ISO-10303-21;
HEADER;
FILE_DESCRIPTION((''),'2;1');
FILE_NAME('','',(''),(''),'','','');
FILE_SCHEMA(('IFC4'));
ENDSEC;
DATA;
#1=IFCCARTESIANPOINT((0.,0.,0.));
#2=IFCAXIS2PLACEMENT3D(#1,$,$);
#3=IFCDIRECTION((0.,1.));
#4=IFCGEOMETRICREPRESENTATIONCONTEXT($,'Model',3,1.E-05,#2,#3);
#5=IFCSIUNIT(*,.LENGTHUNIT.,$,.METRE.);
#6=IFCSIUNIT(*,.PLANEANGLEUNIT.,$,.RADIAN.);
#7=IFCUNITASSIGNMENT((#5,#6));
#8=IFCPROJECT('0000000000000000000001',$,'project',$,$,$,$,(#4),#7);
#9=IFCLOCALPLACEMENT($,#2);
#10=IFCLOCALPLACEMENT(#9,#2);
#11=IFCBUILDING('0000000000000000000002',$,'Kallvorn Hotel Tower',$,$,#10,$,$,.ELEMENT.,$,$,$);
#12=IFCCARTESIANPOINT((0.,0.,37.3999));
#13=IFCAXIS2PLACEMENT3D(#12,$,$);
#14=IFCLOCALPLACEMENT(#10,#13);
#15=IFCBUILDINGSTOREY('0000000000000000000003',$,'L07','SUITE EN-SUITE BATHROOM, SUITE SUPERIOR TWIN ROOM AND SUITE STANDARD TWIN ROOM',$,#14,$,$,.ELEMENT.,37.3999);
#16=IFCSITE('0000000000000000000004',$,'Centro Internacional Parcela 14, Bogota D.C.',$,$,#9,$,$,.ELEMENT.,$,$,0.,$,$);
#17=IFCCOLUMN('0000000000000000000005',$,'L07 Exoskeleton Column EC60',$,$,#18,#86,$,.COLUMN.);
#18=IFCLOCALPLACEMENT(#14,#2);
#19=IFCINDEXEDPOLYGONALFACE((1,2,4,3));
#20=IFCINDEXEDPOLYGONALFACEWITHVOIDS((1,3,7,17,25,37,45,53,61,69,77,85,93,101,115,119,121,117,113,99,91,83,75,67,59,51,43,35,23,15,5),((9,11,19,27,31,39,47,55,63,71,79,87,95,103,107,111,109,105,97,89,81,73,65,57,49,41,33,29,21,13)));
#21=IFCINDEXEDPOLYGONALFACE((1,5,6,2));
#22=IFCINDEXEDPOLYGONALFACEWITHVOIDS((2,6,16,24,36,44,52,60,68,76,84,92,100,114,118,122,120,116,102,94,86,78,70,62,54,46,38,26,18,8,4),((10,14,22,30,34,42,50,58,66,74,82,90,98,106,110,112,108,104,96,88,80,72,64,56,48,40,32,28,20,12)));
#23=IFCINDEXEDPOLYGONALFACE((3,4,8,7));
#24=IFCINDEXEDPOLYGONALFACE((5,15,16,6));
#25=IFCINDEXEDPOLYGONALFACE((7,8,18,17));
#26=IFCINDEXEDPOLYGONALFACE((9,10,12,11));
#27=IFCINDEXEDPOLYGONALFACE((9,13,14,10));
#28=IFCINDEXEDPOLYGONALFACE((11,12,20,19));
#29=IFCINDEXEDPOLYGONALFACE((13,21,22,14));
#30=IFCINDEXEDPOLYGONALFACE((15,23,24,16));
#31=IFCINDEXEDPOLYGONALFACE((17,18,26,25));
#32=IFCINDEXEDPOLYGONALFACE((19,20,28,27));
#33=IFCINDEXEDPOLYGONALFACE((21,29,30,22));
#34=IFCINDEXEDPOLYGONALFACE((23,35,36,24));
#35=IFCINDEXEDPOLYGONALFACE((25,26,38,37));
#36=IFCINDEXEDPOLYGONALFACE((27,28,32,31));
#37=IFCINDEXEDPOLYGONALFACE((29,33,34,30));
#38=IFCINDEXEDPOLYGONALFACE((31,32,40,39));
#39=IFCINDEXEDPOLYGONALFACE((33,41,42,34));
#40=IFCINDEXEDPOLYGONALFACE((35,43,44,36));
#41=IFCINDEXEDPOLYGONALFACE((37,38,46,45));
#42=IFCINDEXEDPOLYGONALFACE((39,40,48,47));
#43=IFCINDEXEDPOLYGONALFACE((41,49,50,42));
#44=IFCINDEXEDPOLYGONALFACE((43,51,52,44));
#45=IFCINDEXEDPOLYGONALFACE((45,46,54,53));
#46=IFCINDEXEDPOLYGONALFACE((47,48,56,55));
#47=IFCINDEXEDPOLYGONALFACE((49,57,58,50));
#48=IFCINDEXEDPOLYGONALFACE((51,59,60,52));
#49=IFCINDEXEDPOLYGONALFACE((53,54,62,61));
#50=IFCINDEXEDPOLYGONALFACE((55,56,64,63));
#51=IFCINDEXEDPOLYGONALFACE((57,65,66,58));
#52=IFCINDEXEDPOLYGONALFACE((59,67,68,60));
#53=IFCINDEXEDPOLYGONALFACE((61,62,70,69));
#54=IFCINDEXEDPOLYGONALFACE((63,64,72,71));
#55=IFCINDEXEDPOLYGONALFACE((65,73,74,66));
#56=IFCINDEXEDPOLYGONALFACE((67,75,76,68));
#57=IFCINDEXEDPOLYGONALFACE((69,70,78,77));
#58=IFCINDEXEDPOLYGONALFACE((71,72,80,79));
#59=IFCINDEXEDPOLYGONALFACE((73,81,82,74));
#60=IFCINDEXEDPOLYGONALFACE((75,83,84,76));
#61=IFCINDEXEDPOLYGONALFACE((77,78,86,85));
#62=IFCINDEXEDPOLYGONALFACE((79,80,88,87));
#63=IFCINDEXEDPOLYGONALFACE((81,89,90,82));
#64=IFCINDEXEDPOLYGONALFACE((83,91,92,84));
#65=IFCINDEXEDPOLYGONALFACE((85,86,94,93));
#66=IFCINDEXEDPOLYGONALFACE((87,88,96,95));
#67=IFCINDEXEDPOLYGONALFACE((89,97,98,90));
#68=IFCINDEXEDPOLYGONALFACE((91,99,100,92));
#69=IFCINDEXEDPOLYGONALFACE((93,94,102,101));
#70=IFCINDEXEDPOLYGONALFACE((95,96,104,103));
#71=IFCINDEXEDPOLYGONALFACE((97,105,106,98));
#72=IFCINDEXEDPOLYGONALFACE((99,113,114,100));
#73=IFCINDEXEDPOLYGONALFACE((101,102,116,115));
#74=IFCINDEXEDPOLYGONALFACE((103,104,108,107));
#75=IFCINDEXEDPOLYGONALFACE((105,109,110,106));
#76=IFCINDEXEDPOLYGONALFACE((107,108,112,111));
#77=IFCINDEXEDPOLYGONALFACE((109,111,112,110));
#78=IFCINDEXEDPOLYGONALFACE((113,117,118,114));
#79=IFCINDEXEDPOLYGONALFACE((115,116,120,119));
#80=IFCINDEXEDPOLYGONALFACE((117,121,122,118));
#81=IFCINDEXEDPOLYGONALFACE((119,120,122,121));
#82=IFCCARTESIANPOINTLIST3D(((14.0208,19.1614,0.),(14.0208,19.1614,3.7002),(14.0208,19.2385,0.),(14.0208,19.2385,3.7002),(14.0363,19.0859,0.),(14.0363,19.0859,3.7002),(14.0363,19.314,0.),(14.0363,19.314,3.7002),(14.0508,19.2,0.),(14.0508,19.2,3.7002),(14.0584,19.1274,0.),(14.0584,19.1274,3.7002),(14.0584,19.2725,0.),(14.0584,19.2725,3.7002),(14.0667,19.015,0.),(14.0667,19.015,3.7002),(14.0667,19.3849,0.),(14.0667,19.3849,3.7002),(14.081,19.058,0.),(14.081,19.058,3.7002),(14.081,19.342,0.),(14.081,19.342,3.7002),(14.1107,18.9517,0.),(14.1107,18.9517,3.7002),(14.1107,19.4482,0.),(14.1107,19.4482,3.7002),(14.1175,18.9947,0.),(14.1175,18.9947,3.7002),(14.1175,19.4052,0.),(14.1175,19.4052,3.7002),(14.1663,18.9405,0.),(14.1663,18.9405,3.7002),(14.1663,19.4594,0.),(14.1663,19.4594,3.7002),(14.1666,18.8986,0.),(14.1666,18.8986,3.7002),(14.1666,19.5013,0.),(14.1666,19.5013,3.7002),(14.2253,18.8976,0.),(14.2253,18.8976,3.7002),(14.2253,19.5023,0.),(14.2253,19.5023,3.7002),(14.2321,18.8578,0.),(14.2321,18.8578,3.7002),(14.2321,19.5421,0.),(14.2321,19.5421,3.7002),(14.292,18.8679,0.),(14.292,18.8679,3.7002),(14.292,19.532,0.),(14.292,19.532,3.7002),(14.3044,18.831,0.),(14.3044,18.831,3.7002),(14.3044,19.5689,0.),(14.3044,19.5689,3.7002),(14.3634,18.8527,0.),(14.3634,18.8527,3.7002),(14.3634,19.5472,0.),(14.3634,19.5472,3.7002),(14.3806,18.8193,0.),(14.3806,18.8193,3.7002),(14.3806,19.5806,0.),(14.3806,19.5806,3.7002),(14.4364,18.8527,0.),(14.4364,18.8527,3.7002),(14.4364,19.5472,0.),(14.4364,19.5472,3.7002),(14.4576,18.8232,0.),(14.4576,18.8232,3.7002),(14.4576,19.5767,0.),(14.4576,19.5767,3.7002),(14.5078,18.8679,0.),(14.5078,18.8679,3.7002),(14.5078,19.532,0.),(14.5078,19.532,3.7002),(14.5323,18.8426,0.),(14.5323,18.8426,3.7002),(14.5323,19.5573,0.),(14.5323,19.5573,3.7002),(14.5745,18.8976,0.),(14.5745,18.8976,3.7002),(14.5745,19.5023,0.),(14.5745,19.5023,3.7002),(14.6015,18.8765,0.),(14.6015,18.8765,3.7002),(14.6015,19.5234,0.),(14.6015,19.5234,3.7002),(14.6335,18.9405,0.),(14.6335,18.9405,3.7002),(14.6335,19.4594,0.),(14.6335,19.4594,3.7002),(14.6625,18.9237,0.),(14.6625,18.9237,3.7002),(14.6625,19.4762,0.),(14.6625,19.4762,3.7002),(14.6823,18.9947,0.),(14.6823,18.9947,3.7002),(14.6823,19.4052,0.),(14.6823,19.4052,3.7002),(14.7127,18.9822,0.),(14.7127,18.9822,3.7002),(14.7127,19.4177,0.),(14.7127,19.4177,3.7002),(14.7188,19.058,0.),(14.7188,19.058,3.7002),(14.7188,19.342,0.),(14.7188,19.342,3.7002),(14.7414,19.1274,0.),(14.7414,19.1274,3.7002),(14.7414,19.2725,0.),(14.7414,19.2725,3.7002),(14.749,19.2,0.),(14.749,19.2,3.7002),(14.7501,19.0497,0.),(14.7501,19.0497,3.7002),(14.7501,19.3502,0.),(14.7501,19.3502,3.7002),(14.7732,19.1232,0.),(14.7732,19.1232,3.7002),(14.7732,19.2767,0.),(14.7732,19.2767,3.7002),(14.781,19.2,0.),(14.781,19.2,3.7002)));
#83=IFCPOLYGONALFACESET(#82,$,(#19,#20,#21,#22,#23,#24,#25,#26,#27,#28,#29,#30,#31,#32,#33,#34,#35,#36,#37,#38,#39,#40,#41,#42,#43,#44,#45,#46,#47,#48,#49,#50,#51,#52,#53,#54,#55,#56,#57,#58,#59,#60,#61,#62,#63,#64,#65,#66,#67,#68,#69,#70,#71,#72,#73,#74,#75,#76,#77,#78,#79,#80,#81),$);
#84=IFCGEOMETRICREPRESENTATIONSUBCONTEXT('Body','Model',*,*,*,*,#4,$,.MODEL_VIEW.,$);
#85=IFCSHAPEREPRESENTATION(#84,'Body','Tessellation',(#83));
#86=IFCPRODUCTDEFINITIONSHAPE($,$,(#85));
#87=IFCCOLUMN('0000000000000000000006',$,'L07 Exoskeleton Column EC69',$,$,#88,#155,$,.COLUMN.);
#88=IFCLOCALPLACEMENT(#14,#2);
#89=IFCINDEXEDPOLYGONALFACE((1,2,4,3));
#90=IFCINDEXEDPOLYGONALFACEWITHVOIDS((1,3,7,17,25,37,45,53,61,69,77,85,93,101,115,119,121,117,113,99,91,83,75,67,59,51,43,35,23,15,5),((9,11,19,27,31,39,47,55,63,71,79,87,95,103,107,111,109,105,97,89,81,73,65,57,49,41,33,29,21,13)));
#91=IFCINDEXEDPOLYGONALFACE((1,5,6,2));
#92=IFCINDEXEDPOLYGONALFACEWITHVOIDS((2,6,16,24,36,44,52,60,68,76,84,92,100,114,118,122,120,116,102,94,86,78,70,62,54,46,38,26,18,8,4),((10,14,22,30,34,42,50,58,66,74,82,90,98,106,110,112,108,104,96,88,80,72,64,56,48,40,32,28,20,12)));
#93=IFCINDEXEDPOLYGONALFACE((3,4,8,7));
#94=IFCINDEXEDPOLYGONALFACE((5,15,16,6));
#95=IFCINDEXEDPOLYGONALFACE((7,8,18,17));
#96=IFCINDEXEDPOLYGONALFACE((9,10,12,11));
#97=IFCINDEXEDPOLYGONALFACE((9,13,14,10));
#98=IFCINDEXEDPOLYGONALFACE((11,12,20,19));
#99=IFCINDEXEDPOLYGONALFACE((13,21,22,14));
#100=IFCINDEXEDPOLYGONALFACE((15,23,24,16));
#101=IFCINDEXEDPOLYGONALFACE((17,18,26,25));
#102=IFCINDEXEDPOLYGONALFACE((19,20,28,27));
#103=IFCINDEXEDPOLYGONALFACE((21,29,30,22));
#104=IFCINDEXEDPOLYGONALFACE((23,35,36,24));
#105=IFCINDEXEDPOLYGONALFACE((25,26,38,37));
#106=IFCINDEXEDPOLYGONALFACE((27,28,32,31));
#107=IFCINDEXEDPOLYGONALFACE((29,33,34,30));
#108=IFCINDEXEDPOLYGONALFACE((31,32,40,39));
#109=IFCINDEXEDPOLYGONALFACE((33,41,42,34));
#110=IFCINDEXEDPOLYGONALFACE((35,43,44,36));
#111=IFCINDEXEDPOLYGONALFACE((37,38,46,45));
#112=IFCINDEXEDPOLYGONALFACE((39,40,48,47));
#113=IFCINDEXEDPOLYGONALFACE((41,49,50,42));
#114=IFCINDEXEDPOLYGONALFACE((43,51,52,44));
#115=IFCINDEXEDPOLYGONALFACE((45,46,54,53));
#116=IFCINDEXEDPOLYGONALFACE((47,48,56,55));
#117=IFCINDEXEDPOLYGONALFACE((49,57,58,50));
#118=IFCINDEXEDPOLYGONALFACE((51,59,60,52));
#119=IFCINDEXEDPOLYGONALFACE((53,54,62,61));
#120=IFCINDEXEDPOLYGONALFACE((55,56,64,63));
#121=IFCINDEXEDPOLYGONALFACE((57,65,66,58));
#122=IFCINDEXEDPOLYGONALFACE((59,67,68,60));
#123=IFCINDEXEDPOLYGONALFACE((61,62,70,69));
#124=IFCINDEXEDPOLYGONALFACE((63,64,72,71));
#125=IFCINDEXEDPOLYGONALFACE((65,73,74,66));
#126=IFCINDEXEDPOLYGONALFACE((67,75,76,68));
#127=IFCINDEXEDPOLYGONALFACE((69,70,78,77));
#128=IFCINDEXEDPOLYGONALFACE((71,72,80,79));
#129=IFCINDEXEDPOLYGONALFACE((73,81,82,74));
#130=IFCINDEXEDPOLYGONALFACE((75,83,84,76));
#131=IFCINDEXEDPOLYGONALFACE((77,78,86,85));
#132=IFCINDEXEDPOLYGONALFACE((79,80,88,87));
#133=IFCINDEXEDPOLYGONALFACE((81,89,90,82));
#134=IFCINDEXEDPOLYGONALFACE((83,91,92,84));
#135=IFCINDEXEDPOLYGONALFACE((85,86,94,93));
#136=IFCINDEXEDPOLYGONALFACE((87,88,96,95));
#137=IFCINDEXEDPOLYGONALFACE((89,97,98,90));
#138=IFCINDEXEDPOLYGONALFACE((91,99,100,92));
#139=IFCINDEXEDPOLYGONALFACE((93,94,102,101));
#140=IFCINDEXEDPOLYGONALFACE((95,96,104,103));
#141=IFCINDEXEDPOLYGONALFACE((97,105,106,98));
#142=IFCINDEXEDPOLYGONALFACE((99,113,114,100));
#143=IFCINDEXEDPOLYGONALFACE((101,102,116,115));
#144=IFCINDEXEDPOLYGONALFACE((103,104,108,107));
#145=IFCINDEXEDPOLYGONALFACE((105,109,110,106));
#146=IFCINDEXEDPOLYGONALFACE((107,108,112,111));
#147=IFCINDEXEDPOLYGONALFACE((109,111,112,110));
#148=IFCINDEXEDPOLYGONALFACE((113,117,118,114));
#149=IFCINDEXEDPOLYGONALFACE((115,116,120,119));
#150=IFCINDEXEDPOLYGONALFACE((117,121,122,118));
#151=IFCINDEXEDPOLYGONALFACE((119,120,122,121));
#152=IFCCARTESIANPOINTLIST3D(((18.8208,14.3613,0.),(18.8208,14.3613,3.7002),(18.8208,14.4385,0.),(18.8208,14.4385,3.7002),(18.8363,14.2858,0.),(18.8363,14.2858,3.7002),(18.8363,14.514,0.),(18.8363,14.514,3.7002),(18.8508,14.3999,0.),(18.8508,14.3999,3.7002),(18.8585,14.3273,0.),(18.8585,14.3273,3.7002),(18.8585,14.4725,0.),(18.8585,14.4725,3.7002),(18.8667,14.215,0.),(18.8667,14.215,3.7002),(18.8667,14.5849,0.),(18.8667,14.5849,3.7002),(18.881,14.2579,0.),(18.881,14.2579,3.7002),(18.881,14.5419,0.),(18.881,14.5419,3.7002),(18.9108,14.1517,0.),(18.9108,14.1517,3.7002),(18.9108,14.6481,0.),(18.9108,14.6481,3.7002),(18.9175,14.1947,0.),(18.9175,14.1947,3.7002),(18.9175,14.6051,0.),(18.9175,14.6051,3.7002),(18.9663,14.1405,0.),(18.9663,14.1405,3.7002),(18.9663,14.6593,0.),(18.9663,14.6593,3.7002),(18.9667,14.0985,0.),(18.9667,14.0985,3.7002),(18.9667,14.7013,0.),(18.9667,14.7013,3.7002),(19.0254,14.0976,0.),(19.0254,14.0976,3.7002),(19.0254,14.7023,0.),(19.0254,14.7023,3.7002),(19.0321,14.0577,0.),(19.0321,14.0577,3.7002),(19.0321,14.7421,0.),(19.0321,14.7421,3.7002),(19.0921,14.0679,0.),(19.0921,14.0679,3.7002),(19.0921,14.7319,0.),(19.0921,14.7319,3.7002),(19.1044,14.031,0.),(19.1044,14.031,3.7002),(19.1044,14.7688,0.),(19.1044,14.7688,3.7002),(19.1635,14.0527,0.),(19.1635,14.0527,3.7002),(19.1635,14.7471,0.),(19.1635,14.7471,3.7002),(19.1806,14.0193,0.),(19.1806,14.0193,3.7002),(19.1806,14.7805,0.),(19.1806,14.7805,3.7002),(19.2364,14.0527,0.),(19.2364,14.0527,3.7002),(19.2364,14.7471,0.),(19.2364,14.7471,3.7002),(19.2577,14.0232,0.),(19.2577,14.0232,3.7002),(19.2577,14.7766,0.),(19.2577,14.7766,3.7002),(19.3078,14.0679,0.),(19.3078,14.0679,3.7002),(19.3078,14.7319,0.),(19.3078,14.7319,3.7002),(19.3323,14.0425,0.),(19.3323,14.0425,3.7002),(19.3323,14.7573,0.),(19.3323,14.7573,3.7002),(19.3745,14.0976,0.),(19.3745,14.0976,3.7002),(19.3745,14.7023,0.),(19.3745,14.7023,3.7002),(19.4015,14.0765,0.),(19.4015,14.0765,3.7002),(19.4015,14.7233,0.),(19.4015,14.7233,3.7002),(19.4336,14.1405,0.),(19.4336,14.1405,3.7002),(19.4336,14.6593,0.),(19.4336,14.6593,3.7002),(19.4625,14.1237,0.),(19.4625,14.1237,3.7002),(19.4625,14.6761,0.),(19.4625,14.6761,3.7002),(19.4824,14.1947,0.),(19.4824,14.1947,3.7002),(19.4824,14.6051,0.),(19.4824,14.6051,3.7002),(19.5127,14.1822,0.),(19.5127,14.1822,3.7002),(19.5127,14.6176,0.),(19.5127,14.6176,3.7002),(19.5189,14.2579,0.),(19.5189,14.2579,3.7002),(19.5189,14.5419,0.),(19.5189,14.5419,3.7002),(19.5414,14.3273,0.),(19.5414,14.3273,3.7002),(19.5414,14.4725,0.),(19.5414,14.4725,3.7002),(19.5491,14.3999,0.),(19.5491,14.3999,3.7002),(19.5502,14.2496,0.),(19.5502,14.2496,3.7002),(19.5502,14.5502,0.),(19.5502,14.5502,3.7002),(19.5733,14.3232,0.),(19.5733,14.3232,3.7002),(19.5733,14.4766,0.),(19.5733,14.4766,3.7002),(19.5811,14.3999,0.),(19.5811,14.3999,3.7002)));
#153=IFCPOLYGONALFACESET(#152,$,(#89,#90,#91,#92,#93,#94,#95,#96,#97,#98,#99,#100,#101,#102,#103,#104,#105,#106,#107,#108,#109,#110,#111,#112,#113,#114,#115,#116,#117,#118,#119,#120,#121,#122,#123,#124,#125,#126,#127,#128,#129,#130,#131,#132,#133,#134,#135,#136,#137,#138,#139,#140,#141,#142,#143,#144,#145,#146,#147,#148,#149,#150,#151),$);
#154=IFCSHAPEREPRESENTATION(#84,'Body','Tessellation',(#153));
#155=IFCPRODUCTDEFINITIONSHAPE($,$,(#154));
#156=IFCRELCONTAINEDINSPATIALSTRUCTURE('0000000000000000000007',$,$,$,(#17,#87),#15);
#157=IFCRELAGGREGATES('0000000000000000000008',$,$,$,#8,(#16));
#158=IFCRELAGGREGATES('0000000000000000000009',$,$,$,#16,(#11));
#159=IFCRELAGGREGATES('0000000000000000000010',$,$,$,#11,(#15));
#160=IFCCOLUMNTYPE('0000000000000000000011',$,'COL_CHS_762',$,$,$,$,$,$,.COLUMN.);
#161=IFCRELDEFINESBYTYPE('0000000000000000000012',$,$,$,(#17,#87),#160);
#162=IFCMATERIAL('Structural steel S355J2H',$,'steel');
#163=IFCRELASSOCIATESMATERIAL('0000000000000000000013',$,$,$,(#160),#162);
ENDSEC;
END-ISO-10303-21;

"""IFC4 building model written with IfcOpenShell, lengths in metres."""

from ifc_helpers import new_model, si_unit, direction, frame, origin, origin_2d, place, context, subcontext, project, spatial, hollow_circle, extrude, material, material_profile, profile_set, type_object, element, save


model = new_model("IFC4")

# Units and contexts
model_context = context("Model", 3, precision=1e-05, world=origin(), true_north=direction((0.0, 1.0)))
body_context = subcontext(model_context, "Body", "Model", "MODEL_VIEW")
ifc_project = project(units=[si_unit("LENGTHUNIT", "METRE"), si_unit("PLANEANGLEUNIT", "RADIAN")], contexts=[model_context])

# Site, building, storey
site_placement = place(None, origin())
site = spatial("IfcSite", under=ifc_project, at=site_placement, Name="Centro Internacional Parcela 14, Bogota D.C.", CompositionType="ELEMENT", RefElevation=0.0)
building_placement = place(site_placement, origin())
building = spatial("IfcBuilding", under=site, at=building_placement, Name="Kallvorn Hotel Tower", CompositionType="ELEMENT")
storey_placement = place(building_placement, frame((0.0, 0.0, 37.3999)))
storey = spatial("IfcBuildingStorey", under=building, at=storey_placement, Name="L07", Description="SUITE EN-SUITE BATHROOM, SUITE SUPERIOR TWIN ROOM AND SUITE STANDARD TWIN ROOM", CompositionType="ELEMENT", Elevation=37.3999)

# Columns
ifc_material_1 = material(Name="Structural steel S355J2H", Category="steel")
ifc_material_profile_1 = material_profile(ifc_material_1, hollow_circle(Radius=0.3811, WallThickness=0.032, at=origin_2d()), Name="CHS 762x32")
ifc_profile_set_1 = profile_set([ifc_material_profile_1], Name="Structural steel S355J2H")
column_type_1 = type_object("IfcColumnType", Name="COL_CHS_762", PredefinedType="COLUMN", material=ifc_profile_set_1)
for number, where, z_axis, x_axis, name in (
    (1, (14.3999, 19.2, 0.0), (0.0, 0.0, 1.0), (1.0, 0.0, 0.0), "L07 Exoskeleton Column EC60"),
    (2, (19.2, 14.3999, 0.0), (0.0, 0.0, 1.0), (1.0, 0.0, 0.0), "L07 Exoskeleton Column EC69"),
):
    element("IfcColumn", number, at=place(storey_placement, frame(where, z_axis=z_axis, x_axis=x_axis)), inside=storey, type_object=column_type_1, Name=name, PredefinedType="COLUMN", context=body_context, shape_type="SweptSolid", body=[
        extrude(hollow_circle(Radius=0.3811, WallThickness=0.032, at=origin_2d()), origin(), (0.0, 0.0, 1.0), 3.7002),
    ])

save(model, "model.ifc")
